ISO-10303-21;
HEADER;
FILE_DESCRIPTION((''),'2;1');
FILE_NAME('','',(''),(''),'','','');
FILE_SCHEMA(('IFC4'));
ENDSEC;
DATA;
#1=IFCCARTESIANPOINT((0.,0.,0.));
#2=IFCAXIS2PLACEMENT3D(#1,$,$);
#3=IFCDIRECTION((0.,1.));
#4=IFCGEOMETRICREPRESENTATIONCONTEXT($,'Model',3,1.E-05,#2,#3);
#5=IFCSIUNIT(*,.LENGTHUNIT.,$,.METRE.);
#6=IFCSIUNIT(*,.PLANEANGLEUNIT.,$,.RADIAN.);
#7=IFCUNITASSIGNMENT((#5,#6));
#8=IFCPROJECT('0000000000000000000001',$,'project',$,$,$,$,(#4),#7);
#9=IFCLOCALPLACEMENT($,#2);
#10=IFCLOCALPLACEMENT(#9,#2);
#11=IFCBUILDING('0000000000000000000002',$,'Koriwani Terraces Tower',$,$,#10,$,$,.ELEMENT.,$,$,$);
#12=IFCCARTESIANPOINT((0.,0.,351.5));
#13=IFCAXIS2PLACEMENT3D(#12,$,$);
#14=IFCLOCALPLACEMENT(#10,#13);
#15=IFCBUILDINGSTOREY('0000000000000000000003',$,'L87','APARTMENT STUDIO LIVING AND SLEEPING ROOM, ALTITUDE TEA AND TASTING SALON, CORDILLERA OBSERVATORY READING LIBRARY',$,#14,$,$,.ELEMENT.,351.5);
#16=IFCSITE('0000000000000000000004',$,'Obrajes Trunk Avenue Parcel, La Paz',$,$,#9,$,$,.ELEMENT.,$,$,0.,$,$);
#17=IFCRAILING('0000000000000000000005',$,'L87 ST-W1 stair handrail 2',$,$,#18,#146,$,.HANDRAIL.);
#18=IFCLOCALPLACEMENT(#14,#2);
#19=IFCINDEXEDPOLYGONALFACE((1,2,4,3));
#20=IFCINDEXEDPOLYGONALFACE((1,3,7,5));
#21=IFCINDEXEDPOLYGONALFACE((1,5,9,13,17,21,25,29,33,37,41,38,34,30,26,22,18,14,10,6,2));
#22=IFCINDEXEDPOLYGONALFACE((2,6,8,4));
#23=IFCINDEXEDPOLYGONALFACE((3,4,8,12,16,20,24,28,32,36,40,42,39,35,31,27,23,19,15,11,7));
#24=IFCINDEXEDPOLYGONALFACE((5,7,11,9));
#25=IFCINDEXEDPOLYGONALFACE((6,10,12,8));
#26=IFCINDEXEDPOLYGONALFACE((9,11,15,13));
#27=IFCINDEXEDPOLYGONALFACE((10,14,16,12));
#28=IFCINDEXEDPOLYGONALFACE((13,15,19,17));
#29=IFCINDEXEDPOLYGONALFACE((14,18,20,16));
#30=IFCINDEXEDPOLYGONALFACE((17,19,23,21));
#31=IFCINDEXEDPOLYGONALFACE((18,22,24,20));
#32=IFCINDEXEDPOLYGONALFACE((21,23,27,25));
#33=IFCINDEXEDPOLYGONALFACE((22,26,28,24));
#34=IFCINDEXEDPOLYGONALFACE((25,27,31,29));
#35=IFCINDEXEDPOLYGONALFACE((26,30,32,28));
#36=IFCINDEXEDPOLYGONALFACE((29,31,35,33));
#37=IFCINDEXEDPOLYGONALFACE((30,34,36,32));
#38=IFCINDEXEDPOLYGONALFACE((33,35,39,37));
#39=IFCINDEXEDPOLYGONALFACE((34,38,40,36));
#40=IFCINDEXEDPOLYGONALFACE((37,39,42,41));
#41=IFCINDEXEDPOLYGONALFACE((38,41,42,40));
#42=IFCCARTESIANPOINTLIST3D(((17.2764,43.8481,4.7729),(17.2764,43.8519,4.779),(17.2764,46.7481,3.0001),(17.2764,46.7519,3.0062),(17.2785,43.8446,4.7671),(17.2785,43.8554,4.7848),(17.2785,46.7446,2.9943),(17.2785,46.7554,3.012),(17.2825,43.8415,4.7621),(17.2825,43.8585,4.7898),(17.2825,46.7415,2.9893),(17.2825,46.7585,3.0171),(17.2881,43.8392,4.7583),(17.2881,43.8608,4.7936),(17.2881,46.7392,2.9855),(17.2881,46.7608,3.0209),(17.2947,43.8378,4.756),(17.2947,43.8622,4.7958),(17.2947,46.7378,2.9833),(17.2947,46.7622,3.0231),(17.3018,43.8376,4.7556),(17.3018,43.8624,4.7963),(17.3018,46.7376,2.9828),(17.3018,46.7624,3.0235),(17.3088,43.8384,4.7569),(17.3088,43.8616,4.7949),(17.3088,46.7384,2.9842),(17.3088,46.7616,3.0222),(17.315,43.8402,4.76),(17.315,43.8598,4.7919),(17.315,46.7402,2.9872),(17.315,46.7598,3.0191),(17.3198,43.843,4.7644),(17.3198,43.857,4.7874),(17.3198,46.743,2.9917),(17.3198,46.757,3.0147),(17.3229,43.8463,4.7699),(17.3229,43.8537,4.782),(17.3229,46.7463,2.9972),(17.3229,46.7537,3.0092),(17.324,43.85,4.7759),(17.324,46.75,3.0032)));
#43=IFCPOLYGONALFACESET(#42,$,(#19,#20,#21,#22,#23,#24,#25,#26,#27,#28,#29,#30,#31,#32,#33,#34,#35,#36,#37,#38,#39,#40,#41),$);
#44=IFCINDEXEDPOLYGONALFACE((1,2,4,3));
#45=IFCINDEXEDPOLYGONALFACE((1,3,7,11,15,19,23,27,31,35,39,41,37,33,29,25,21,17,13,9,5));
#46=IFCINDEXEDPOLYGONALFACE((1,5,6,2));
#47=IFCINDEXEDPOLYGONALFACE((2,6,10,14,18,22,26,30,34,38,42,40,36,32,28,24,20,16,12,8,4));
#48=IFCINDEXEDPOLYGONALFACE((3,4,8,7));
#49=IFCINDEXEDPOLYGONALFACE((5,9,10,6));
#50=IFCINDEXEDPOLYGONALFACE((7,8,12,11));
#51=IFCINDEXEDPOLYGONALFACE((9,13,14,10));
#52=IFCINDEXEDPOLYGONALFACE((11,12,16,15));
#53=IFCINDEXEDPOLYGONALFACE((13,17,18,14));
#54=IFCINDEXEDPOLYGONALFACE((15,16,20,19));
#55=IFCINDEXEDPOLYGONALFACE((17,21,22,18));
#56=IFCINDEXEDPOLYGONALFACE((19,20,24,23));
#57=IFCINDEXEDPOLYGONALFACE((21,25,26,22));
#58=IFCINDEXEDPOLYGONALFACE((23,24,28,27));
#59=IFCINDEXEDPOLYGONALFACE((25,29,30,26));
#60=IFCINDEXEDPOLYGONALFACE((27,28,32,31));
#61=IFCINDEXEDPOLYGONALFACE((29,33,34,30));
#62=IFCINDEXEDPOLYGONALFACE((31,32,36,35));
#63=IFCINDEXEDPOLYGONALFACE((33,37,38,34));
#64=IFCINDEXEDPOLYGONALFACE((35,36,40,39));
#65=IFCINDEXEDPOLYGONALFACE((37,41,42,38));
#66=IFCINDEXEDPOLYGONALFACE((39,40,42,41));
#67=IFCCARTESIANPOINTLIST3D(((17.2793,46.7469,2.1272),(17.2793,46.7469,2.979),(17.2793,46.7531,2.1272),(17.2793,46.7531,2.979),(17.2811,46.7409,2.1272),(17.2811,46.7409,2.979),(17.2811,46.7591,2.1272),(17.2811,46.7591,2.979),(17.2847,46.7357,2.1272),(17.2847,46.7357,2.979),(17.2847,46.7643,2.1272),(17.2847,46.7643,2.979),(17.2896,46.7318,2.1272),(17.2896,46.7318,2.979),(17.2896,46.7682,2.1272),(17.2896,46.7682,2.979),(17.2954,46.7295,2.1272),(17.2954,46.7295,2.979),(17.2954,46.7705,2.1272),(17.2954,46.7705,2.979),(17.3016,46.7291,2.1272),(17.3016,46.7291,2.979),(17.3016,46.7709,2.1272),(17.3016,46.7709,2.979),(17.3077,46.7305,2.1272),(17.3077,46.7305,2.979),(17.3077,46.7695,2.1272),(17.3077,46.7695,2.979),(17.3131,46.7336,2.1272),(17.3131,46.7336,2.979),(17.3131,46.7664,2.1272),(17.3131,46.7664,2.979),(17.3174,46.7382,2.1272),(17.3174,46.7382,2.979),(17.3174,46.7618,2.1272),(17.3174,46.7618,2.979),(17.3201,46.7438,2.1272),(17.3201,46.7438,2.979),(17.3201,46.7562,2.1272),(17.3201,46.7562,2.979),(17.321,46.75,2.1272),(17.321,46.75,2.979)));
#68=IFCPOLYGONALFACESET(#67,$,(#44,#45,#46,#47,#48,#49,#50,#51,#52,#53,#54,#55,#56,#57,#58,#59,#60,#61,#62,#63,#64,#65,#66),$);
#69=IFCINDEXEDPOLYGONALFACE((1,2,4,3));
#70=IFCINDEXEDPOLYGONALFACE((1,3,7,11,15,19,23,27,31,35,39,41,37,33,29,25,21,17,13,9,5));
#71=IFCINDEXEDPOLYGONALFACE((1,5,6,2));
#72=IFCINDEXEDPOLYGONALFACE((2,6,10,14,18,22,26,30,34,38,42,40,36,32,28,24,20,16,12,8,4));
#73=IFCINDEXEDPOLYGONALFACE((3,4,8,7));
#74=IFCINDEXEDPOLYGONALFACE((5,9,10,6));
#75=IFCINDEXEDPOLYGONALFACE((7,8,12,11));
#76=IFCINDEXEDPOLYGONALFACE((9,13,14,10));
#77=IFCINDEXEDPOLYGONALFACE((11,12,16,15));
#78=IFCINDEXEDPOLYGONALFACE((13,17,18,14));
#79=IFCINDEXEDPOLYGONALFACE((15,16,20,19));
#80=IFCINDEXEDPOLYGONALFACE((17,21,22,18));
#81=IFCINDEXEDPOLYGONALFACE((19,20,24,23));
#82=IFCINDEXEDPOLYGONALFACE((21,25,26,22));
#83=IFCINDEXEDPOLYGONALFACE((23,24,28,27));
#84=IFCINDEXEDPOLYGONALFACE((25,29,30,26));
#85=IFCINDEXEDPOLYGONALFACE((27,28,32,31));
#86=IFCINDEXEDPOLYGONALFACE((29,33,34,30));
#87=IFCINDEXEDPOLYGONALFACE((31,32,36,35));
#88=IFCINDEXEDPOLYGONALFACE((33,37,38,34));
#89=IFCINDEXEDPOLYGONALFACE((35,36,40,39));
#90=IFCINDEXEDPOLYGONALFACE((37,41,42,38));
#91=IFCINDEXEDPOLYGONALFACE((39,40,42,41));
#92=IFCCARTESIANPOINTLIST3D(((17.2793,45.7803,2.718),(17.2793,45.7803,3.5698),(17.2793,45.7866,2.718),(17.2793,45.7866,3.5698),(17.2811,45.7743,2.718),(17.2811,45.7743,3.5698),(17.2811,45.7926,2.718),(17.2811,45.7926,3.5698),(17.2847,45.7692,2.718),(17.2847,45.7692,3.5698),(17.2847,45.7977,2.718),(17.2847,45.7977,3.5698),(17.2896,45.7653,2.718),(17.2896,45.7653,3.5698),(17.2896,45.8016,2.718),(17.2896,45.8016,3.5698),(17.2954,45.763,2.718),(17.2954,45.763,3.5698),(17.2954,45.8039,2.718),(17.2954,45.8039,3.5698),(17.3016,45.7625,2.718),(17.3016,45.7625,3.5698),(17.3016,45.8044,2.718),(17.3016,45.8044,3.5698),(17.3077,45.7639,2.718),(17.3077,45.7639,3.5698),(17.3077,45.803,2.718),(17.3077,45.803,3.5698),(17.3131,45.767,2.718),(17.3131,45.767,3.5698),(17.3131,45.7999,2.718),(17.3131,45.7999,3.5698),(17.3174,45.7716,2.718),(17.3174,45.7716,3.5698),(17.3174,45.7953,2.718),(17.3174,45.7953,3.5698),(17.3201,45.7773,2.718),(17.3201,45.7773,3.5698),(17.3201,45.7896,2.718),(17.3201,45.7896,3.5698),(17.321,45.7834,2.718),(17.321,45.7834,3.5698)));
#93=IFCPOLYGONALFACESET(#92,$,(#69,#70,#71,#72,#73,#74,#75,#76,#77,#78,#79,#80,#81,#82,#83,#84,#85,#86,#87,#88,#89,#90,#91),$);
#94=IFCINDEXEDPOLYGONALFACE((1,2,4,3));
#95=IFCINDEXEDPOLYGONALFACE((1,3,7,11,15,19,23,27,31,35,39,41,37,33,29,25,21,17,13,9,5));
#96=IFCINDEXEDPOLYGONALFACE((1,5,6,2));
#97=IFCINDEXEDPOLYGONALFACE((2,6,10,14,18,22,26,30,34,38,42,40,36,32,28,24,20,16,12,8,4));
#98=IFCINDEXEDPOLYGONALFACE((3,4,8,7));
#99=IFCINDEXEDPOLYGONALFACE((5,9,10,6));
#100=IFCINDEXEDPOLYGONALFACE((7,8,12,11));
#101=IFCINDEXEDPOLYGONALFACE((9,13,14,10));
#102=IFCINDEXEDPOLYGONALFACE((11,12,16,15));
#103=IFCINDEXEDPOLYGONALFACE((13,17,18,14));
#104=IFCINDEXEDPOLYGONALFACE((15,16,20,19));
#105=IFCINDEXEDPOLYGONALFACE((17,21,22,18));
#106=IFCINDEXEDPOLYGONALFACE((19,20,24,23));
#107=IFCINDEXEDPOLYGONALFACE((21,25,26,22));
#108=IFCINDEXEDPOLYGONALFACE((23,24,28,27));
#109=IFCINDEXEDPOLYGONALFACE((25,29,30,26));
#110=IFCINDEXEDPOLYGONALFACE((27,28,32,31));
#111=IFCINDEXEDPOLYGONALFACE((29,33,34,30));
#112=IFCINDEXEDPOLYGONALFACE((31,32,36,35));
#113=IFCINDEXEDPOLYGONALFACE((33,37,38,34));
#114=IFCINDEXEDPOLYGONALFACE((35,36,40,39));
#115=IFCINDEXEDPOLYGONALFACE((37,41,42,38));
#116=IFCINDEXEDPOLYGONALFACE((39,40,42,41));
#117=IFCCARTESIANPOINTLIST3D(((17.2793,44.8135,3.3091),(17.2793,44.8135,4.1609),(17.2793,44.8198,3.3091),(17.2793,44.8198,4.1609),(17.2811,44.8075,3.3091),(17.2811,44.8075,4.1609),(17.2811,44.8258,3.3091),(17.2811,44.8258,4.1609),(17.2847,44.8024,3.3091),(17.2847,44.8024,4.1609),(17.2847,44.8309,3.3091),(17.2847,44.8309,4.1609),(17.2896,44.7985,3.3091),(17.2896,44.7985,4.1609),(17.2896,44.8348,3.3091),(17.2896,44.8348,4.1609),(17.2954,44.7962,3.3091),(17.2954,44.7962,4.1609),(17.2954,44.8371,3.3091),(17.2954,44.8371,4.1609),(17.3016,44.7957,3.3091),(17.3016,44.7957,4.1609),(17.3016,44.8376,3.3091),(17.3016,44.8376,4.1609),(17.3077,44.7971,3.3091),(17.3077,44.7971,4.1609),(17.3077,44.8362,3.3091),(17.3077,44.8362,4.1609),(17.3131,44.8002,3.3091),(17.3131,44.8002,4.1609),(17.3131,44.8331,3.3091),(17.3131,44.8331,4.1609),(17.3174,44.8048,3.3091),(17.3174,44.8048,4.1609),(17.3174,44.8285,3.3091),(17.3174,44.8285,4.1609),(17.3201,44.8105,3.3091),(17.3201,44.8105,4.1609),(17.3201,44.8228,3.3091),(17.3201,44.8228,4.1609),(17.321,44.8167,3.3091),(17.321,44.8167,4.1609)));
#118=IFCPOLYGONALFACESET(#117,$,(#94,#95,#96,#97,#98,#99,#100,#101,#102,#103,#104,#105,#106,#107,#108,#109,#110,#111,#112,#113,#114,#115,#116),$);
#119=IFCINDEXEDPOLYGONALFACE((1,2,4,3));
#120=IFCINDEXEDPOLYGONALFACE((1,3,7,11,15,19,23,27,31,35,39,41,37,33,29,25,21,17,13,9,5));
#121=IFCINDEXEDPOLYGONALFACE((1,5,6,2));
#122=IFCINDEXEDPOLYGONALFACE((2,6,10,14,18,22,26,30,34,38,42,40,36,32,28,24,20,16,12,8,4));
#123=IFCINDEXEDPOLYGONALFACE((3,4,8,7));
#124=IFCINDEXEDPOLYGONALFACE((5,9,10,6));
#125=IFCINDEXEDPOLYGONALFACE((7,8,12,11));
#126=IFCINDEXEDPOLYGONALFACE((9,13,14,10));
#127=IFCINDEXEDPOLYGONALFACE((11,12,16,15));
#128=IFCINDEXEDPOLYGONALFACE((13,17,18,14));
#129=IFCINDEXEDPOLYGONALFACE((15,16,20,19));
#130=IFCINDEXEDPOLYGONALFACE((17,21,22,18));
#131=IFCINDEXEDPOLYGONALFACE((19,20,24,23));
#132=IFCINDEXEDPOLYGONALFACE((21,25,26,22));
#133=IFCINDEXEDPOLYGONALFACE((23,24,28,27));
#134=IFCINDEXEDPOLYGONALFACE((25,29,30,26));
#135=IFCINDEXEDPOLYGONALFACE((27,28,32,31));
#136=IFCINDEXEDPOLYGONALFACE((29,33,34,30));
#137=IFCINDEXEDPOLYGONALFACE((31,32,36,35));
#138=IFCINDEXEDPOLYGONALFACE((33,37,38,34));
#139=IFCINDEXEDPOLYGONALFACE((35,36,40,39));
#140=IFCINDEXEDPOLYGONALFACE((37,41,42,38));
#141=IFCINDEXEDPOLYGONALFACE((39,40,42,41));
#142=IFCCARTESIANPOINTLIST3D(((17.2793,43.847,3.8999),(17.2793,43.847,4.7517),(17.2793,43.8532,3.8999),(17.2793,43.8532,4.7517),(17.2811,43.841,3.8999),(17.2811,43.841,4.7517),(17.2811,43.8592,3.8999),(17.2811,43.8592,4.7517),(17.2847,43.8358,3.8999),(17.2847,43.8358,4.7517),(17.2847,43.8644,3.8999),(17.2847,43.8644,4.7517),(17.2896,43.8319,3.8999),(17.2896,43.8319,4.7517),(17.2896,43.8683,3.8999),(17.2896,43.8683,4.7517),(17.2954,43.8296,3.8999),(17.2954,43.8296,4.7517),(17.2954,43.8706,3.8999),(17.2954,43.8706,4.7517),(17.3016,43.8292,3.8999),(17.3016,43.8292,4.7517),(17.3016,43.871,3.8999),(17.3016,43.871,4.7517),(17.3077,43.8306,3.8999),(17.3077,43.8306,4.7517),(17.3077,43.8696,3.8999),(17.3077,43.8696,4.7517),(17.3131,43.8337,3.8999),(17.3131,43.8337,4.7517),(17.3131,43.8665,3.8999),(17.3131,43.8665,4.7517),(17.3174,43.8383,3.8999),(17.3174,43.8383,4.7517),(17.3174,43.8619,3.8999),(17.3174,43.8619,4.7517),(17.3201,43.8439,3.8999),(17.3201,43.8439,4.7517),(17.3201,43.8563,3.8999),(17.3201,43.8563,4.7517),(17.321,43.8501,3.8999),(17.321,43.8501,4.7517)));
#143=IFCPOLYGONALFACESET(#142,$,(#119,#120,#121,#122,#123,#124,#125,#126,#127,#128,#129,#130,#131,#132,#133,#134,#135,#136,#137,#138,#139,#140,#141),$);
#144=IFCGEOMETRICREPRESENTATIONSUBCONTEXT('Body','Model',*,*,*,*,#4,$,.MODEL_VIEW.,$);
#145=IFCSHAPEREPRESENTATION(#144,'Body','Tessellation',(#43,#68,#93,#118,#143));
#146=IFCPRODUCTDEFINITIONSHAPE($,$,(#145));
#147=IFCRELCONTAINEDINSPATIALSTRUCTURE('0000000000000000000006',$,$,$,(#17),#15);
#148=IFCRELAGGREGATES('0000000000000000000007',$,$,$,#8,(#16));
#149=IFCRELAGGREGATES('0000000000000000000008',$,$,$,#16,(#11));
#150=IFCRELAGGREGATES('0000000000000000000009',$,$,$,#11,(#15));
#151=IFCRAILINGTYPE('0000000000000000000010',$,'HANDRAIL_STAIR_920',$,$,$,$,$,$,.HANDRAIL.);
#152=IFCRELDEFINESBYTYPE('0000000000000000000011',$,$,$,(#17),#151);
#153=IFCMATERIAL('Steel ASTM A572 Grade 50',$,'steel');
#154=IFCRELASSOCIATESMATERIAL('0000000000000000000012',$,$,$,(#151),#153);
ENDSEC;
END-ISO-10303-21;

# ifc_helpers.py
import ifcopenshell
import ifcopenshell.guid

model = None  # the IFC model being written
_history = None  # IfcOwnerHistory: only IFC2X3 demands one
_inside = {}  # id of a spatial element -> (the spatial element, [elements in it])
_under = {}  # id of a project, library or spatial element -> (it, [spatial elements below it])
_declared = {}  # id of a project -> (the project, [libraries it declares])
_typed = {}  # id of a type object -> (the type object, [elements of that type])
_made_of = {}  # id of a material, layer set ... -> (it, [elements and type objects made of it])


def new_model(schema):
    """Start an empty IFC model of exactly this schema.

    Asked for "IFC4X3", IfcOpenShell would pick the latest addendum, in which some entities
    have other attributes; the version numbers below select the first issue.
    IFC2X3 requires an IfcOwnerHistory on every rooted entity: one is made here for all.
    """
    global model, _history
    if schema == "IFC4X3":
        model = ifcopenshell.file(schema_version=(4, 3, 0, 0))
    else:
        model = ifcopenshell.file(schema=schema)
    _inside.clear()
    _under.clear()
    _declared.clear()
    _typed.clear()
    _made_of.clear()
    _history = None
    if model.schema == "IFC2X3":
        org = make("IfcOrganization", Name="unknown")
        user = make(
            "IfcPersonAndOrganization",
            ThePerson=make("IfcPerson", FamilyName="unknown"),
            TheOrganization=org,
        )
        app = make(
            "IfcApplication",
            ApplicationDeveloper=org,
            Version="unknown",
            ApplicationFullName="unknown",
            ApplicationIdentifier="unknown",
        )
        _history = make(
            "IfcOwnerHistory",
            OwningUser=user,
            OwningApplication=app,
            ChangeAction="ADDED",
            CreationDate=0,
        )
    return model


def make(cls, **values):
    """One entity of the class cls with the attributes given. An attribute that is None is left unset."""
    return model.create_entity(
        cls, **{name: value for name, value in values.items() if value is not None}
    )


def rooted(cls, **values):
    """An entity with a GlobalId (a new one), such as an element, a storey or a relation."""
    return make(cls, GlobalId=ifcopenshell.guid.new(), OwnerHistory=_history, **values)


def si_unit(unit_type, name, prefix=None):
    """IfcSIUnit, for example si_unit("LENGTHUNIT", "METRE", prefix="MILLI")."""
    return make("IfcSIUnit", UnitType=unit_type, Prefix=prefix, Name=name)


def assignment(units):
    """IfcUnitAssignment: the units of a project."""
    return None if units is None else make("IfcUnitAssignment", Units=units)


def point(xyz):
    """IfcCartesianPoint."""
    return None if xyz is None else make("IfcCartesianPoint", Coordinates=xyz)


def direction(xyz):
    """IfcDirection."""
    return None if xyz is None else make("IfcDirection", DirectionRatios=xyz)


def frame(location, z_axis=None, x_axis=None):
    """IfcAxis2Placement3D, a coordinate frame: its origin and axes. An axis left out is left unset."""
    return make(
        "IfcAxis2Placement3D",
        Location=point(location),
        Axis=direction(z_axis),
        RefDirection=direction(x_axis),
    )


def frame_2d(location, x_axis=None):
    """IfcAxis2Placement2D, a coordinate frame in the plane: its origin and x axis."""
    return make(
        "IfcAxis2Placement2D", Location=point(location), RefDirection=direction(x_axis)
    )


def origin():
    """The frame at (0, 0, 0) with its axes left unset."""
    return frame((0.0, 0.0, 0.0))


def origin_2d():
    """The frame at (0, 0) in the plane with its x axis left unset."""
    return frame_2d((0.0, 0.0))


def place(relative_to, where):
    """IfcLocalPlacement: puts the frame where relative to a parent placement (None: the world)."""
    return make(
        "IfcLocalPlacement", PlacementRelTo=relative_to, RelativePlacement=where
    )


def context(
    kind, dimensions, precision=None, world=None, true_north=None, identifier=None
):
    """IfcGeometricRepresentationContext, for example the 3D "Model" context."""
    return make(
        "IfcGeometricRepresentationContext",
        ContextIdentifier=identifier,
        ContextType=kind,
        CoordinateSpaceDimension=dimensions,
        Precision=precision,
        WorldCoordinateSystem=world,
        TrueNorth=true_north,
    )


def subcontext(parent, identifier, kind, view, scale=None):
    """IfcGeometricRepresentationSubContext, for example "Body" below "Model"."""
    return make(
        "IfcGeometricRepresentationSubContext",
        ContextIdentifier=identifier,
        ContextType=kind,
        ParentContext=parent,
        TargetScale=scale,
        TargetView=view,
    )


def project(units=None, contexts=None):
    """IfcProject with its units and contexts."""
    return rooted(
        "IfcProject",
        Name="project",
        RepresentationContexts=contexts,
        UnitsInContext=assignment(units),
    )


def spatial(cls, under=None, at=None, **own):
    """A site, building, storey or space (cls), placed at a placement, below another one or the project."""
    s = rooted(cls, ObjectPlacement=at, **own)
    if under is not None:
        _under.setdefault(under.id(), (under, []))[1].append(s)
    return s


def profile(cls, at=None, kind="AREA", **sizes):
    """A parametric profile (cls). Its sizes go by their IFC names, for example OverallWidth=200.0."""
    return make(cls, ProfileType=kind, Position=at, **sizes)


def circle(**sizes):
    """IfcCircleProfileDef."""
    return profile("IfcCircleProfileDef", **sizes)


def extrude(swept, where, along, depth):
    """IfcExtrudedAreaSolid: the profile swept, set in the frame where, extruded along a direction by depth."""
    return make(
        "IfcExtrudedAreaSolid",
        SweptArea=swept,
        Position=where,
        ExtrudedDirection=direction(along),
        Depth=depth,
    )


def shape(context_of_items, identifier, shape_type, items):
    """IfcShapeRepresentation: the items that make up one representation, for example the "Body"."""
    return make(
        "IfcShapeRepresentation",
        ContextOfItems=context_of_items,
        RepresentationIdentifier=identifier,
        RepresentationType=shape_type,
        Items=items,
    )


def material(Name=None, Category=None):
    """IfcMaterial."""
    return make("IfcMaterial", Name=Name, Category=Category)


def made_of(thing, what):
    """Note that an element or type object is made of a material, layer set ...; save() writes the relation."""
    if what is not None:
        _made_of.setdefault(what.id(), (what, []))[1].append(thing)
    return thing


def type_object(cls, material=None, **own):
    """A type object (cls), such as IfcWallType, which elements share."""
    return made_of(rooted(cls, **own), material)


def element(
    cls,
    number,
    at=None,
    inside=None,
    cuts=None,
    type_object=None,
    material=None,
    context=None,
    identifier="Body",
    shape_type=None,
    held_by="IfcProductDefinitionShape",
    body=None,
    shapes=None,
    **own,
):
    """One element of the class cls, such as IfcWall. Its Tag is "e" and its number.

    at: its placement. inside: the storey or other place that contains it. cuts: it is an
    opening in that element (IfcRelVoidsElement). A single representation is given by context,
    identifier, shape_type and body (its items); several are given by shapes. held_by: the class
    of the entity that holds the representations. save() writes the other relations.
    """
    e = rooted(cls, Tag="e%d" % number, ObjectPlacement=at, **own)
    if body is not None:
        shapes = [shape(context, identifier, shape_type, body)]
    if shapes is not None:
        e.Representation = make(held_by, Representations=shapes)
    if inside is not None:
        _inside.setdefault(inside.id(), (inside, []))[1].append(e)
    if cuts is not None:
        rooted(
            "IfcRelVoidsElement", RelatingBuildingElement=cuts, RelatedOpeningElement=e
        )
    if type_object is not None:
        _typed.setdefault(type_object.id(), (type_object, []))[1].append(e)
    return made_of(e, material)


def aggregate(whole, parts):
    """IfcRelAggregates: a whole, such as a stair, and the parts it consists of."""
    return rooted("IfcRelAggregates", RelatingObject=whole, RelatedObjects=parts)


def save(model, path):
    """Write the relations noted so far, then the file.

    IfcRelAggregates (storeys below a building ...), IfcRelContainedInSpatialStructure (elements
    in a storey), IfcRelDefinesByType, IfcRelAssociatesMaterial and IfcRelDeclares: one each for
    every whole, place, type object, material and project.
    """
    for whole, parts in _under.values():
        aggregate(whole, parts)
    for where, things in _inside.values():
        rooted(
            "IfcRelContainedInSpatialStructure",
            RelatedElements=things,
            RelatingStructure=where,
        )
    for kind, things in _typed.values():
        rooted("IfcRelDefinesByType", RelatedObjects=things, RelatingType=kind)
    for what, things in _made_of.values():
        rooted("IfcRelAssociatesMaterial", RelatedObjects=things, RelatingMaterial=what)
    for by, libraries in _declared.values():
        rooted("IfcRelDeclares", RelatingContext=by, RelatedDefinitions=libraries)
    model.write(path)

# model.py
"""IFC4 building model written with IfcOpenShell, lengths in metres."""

from ifc_helpers import new_model, si_unit, direction, frame, origin, origin_2d, place, context, subcontext, project, spatial, circle, extrude, material, type_object, element, save


model = new_model("IFC4")

# Units and contexts
model_context = context("Model", 3, precision=1e-05, world=origin(), true_north=direction((0.0, 1.0)))
body_context = subcontext(model_context, "Body", "Model", "MODEL_VIEW")
ifc_project = project(units=[si_unit("LENGTHUNIT", "METRE"), si_unit("PLANEANGLEUNIT", "RADIAN")], contexts=[model_context])

# Site, building, storey
site_placement = place(None, origin())
site = spatial("IfcSite", under=ifc_project, at=site_placement, Name="Obrajes Trunk Avenue Parcel, La Paz", CompositionType="ELEMENT", RefElevation=0.0)
building_placement = place(site_placement, origin())
building = spatial("IfcBuilding", under=site, at=building_placement, Name="Koriwani Terraces Tower", CompositionType="ELEMENT")
storey_placement = place(building_placement, frame((0.0, 0.0, 351.5)))
storey = spatial("IfcBuildingStorey", under=building, at=storey_placement, Name="L87", Description="APARTMENT STUDIO LIVING AND SLEEPING ROOM, ALTITUDE TEA AND TASTING SALON, CORDILLERA OBSERVATORY READING LIBRARY", CompositionType="ELEMENT", Elevation=351.5)

# Shared definitions
ifc_material_1 = material(Name="Steel ASTM A572 Grade 50", Category="steel")

# Railing
railing_type_1 = type_object("IfcRailingType", Name="HANDRAIL_STAIR_920", PredefinedType="HANDRAIL", material=ifc_material_1)
railing_1_placement = place(storey_placement, frame((17.3, 46.75, 2.1272)))
element("IfcRailing", 1, at=railing_1_placement, inside=storey, type_object=railing_type_1, Name="L87 ST-W1 stair handrail 2", PredefinedType="HANDRAIL", context=body_context, shape_type="SweptSolid", body=[
    extrude(circle(Radius=0.0239, at=origin_2d()), frame((0.0, 0.0, 0.876), z_axis=(0.0, -0.853211, 0.521566), x_axis=(1.0, 0.0, 0.0)), (0.0, 0.0, 1.0), 3.3989),
    extrude(circle(Radius=0.021, at=origin_2d()), origin(), (0.0, 0.0, 1.0), 0.8518),
    extrude(circle(Radius=0.021, at=origin_2d()), frame((0.0, -0.9666, 0.5908)), (0.0, 0.0, 1.0), 0.8518),
    extrude(circle(Radius=0.021, at=origin_2d()), frame((0.0, -1.9333, 1.1819)), (0.0, 0.0, 1.0), 0.8518),
    extrude(circle(Radius=0.021, at=origin_2d()), frame((0.0, -2.8999, 1.7727)), (0.0, 0.0, 1.0), 0.8518),
])

save(model, "model.ifc")
